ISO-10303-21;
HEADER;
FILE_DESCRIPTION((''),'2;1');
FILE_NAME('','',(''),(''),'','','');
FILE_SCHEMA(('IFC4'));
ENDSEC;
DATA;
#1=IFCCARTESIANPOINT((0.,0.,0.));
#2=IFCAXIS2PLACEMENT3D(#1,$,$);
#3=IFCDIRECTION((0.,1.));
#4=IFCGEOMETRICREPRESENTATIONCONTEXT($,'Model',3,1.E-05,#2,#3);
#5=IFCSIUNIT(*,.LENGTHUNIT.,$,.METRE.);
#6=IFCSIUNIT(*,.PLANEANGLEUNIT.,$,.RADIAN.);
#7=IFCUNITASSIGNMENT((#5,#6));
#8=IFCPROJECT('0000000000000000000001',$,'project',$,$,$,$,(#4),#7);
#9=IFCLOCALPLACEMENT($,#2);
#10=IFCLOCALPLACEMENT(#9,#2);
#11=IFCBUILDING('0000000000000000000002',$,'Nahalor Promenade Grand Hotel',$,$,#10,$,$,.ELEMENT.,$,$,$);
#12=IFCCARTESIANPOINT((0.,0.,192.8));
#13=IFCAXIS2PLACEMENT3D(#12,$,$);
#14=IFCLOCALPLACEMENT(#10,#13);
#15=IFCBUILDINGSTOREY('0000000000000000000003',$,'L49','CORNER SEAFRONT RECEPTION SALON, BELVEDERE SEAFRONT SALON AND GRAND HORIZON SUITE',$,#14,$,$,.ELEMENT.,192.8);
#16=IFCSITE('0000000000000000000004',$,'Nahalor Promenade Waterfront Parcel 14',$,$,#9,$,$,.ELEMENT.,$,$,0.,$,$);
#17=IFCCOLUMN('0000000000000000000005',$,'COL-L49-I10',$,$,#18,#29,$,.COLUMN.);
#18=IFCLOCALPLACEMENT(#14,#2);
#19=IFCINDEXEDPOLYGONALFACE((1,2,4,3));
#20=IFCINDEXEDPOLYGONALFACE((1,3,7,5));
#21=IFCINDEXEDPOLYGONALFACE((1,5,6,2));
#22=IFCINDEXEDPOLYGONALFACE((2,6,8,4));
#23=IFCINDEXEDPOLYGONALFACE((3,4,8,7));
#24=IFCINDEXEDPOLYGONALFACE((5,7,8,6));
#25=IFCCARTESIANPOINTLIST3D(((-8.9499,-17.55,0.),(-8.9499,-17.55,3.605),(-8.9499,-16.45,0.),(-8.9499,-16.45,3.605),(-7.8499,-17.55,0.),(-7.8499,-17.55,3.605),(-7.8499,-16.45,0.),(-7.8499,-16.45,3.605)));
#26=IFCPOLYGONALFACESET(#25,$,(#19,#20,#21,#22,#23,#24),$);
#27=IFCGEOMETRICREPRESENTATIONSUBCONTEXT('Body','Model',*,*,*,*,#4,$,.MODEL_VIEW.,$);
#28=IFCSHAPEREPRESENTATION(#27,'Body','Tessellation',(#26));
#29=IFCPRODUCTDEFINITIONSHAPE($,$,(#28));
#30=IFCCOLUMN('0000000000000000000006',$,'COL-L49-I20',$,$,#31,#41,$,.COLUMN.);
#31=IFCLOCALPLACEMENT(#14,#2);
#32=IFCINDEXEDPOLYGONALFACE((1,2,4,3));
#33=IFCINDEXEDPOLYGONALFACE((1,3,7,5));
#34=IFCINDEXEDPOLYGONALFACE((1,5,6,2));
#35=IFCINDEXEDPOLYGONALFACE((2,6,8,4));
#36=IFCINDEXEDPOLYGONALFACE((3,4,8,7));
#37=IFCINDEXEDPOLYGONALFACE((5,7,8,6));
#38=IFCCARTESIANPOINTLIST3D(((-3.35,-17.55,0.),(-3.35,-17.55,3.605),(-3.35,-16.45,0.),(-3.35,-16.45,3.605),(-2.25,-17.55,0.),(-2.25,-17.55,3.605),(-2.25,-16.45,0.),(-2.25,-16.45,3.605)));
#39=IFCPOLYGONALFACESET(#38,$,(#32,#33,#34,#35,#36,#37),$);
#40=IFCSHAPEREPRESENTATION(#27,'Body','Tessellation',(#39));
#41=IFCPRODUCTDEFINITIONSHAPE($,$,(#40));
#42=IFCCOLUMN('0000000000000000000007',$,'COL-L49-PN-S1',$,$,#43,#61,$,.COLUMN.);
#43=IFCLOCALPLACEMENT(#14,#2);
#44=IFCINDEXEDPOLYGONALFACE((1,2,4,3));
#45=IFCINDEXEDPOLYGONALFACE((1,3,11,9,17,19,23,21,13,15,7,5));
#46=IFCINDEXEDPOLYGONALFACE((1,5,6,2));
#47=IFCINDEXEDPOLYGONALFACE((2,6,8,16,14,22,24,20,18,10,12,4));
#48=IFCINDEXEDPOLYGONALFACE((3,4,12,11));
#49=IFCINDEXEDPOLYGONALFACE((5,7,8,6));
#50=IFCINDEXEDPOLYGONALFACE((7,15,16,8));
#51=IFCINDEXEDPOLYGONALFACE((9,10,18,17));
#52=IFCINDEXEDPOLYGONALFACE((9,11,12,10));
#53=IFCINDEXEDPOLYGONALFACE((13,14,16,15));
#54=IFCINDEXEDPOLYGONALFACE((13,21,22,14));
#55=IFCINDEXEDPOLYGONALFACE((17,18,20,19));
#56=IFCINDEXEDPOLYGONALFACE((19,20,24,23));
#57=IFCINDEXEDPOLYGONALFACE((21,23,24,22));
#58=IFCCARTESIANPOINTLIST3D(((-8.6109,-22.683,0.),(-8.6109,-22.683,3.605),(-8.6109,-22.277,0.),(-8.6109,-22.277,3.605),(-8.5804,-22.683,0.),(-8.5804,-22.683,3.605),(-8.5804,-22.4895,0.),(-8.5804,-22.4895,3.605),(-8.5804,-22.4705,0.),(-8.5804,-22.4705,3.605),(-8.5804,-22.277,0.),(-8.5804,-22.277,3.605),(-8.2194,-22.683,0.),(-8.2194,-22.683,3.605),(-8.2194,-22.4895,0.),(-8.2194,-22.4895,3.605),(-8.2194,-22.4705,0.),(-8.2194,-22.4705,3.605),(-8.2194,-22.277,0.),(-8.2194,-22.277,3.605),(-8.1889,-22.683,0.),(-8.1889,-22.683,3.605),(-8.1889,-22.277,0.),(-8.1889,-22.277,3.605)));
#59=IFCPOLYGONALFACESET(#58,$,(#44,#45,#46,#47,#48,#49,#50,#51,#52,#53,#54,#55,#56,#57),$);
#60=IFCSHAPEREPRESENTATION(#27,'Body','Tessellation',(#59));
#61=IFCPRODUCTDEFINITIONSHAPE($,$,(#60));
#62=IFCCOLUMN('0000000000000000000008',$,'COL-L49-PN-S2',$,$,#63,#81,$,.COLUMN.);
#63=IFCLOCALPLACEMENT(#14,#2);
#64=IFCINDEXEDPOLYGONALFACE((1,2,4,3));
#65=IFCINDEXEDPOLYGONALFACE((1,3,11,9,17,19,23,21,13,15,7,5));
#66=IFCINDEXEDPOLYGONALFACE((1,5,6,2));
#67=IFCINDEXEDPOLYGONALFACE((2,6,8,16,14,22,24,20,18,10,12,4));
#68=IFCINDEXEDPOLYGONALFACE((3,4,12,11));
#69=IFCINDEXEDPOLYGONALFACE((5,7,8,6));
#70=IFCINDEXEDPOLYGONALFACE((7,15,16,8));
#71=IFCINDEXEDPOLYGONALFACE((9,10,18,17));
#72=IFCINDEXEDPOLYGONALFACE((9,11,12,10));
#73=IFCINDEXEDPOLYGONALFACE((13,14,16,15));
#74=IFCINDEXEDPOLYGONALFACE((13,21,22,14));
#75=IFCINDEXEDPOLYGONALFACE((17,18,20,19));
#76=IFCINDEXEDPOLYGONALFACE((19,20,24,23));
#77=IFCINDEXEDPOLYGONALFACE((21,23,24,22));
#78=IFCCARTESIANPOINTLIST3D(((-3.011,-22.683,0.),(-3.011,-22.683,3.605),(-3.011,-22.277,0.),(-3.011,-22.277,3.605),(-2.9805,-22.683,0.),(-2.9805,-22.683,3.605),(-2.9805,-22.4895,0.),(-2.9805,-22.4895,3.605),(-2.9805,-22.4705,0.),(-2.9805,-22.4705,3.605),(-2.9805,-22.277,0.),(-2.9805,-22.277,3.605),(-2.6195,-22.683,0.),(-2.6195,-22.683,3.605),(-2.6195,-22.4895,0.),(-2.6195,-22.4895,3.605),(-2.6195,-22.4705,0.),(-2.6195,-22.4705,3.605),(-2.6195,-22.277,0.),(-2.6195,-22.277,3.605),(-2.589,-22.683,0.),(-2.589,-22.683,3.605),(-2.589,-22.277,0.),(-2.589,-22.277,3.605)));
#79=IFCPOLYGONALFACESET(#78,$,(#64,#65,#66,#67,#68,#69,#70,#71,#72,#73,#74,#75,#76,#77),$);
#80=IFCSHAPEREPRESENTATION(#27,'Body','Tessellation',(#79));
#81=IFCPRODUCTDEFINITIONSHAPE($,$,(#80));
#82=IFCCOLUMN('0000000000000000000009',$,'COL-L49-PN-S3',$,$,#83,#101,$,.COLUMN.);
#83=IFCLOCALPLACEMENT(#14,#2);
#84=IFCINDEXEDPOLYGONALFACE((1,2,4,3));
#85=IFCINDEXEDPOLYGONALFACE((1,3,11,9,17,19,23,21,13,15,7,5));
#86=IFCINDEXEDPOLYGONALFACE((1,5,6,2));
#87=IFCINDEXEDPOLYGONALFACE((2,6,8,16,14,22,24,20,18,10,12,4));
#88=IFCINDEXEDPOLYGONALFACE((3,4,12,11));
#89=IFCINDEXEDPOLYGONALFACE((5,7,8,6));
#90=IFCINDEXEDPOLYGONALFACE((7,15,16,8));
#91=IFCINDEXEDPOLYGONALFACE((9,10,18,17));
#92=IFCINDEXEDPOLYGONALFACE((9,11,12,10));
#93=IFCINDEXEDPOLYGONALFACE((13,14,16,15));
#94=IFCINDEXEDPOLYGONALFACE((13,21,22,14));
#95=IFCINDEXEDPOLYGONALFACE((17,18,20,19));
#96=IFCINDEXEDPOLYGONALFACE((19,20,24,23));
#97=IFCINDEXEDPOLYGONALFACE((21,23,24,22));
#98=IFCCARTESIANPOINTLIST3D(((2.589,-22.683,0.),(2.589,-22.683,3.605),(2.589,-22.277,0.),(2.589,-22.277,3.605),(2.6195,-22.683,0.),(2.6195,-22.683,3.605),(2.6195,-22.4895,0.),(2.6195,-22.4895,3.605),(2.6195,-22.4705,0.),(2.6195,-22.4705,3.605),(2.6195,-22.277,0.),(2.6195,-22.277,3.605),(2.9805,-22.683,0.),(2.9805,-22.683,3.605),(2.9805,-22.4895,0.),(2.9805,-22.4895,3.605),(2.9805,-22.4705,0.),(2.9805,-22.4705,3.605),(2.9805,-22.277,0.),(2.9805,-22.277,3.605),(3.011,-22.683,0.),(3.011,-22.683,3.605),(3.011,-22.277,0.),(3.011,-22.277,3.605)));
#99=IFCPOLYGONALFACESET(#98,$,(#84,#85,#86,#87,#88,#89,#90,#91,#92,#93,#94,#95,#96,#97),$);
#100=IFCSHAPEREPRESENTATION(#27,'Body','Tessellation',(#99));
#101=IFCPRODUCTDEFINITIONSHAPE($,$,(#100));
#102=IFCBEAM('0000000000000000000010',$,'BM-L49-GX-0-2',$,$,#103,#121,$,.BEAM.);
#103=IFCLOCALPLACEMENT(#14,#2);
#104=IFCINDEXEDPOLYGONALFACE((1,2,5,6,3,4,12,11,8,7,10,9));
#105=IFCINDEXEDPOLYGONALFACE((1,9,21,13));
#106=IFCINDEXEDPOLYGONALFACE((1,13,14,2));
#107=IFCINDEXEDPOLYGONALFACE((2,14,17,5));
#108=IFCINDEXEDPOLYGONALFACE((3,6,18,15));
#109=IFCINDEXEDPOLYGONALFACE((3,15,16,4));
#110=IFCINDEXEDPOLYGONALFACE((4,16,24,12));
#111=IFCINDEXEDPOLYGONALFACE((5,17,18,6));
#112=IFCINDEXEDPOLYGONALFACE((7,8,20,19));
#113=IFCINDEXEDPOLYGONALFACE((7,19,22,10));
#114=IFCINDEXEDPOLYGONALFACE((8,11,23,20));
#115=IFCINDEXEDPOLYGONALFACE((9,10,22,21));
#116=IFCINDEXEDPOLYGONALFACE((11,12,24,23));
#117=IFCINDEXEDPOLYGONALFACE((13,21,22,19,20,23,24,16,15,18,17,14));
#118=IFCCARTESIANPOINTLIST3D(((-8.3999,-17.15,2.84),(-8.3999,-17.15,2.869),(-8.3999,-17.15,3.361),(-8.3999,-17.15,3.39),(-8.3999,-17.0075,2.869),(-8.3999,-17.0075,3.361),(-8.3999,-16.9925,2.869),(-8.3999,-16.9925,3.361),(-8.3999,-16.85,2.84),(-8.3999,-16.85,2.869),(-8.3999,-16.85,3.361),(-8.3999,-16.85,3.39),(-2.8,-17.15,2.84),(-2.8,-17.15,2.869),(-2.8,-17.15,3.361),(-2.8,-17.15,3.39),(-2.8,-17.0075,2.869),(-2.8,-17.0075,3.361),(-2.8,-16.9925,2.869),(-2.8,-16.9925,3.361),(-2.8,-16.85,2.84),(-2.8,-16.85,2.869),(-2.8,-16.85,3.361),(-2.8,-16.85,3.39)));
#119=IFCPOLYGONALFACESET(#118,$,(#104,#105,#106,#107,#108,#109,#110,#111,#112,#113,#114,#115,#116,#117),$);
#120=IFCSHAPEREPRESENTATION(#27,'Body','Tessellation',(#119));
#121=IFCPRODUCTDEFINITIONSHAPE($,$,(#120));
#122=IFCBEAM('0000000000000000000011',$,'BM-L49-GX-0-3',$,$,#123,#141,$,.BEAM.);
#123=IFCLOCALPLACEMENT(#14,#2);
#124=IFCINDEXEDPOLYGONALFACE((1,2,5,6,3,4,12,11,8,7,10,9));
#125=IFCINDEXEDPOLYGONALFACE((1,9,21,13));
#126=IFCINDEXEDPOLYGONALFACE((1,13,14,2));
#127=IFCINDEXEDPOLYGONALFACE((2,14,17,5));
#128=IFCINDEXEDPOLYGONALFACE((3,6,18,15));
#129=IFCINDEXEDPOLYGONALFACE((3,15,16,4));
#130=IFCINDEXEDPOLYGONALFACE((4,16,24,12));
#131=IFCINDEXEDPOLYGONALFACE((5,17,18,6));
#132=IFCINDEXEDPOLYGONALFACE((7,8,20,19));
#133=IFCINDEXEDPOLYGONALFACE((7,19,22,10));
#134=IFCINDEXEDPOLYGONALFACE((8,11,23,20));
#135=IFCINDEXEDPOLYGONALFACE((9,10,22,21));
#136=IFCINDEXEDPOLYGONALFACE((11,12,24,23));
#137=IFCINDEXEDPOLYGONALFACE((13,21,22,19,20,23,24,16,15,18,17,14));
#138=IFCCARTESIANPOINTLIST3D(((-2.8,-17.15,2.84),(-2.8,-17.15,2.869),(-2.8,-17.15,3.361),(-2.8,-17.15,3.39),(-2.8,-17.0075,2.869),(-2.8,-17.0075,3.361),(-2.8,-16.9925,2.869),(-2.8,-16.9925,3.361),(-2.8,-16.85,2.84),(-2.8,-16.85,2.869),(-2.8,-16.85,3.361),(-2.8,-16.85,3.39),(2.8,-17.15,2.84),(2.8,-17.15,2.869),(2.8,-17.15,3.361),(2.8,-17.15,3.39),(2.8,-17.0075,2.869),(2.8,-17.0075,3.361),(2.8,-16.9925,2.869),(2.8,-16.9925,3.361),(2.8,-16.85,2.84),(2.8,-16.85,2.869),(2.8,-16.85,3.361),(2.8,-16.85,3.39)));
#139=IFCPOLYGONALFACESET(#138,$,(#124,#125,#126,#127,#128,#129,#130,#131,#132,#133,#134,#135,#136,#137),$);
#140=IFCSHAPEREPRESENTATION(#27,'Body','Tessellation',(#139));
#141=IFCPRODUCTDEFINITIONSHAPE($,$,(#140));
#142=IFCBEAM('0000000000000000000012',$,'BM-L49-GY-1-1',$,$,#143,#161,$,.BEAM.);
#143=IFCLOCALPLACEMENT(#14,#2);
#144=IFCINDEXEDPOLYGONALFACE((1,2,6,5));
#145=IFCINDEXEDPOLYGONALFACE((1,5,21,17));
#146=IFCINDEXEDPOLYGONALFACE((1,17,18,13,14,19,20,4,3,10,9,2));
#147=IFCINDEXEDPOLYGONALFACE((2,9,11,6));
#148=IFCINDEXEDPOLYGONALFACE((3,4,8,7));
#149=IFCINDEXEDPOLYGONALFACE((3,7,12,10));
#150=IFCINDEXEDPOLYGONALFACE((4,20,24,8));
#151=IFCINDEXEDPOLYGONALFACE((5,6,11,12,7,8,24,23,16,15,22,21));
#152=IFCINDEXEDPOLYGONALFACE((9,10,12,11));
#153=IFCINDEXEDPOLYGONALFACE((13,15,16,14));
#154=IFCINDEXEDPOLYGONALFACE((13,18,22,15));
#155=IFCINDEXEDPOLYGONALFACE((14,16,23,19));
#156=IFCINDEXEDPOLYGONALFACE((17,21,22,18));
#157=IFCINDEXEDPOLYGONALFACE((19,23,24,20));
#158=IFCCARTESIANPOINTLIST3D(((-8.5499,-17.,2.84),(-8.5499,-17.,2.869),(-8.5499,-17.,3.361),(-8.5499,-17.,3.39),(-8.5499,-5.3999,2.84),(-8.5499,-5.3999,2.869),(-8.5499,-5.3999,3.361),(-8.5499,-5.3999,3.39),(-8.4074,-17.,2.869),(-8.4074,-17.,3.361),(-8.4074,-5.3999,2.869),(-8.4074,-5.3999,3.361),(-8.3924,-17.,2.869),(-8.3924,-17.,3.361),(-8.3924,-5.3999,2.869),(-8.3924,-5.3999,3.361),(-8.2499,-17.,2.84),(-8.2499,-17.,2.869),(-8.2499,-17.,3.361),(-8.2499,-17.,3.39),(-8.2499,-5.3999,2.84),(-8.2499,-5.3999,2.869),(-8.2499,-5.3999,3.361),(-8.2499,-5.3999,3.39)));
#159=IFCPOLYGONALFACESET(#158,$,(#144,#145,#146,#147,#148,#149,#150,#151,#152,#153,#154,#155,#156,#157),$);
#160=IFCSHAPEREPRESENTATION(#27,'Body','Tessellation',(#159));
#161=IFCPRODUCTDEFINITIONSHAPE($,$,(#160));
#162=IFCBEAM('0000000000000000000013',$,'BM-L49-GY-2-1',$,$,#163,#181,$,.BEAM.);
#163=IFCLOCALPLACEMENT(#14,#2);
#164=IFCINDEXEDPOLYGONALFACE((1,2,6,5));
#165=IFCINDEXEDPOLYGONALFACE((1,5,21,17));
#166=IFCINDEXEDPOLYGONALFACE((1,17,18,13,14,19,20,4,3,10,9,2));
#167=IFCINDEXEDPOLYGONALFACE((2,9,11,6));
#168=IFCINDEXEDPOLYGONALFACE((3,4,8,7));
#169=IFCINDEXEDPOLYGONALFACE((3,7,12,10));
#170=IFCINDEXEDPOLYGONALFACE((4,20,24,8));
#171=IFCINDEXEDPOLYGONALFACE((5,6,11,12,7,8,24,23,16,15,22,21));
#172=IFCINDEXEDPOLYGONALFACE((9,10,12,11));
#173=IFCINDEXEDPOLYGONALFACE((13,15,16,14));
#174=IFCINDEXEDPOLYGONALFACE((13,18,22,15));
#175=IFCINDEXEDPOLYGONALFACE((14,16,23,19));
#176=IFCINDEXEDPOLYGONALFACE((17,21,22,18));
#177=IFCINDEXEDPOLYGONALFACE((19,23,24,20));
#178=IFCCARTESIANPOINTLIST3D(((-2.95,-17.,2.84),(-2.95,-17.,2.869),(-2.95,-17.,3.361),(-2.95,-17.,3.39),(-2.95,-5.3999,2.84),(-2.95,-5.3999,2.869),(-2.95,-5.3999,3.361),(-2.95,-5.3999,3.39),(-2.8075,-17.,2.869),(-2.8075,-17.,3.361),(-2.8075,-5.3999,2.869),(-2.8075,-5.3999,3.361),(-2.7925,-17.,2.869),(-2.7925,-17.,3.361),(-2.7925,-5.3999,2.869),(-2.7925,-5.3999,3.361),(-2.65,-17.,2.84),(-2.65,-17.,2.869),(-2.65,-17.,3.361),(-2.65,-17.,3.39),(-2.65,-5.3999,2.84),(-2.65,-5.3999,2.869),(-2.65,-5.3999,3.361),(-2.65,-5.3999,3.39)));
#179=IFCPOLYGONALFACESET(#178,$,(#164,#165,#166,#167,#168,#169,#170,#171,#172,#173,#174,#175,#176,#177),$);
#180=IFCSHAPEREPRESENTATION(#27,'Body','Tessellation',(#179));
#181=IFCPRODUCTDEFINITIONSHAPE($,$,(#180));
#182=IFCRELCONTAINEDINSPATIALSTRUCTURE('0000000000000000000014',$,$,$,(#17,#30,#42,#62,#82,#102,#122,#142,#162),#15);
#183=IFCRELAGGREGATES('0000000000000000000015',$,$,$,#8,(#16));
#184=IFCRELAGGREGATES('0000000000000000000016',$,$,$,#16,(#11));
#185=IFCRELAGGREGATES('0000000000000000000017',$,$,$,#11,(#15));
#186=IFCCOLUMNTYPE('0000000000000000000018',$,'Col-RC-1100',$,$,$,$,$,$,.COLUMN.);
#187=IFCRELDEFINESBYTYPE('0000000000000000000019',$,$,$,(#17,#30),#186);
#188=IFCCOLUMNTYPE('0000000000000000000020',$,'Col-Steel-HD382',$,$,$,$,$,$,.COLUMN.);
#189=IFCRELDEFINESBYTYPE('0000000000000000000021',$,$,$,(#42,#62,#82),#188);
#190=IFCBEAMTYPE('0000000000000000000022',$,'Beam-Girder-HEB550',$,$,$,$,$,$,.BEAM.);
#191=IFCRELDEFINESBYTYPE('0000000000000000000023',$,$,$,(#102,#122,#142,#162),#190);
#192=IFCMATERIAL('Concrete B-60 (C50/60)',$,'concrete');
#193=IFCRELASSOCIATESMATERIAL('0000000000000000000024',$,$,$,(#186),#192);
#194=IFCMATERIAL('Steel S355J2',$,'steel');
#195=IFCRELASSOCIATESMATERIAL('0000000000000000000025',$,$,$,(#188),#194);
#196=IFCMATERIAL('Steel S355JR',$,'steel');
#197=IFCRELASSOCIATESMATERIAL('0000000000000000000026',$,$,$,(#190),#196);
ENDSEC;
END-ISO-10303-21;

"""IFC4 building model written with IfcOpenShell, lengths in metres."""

from ifc_helpers import new_model, si_unit, direction, frame, origin, origin_2d, place, context, subcontext, project, spatial, rectangle, i_section, extrude, source, transform, mapped, material, material_profile, profile_set, type_object, element, save


model = new_model("IFC4")

# Units and contexts
model_context = context("Model", 3, precision=1e-05, world=origin(), true_north=direction((0.0, 1.0)))
body_context = subcontext(model_context, "Body", "Model", "MODEL_VIEW")
ifc_project = project(units=[si_unit("LENGTHUNIT", "METRE"), si_unit("PLANEANGLEUNIT", "RADIAN")], contexts=[model_context])

# Site, building, storey
site_placement = place(None, origin())
site = spatial("IfcSite", under=ifc_project, at=site_placement, Name="Nahalor Promenade Waterfront Parcel 14", CompositionType="ELEMENT", RefElevation=0.0)
building_placement = place(site_placement, origin())
building = spatial("IfcBuilding", under=site, at=building_placement, Name="Nahalor Promenade Grand Hotel", CompositionType="ELEMENT")
storey_placement = place(building_placement, frame((0.0, 0.0, 192.8)))
storey = spatial("IfcBuildingStorey", under=building, at=storey_placement, Name="L49", Description="CORNER SEAFRONT RECEPTION SALON, BELVEDERE SEAFRONT SALON AND GRAND HORIZON SUITE", CompositionType="ELEMENT", Elevation=192.8)

# Columns
ifc_material_1 = material(Name="Concrete B-60 (C50/60)", Category="concrete")
ifc_material_profile_1 = material_profile(ifc_material_1, rectangle(XDim=1.1, YDim=1.1, at=origin_2d()), Name="RC 1100x1100")
ifc_profile_set_1 = profile_set([ifc_material_profile_1], Name="Concrete B-60 (C50/60)")
column_type_1 = type_object("IfcColumnType", Name="Col-RC-1100", PredefinedType="COLUMN", material=ifc_profile_set_1)
shared_shape_1 = source(origin(), body_context, "Body", "SweptSolid", [
    extrude(rectangle(XDim=1.1, YDim=1.1, at=origin_2d()), origin(), (0.0, 0.0, 1.0), 3.605),
])
for number, where, z_axis, x_axis, name in (
    (1, (-8.3999, -17.0, 0.0), (0.0, 0.0, 1.0), (1.0, 0.0, 0.0), "COL-L49-I10"),
    (2, (-2.8, -17.0, 0.0), (0.0, 0.0, 1.0), (1.0, 0.0, 0.0), "COL-L49-I20"),
):
    element("IfcColumn", number, at=place(storey_placement, frame(where, z_axis=z_axis, x_axis=x_axis)), inside=storey, type_object=column_type_1, Name=name, PredefinedType="COLUMN", context=body_context, shape_type="MappedRepresentation", body=[
        mapped(shared_shape_1, transform((0.0, 0.0, 0.0), scale=1.0)),
    ])
ifc_material_2 = material(Name="Steel S355J2", Category="steel")
ifc_material_profile_2 = material_profile(ifc_material_2, i_section(OverallWidth=0.406, OverallDepth=0.422, WebThickness=0.019, FlangeThickness=0.0305, at=origin_2d()), Name="HD 400x382")
ifc_profile_set_2 = profile_set([ifc_material_profile_2], Name="Steel S355J2")
column_type_2 = type_object("IfcColumnType", Name="Col-Steel-HD382", PredefinedType="COLUMN", material=ifc_profile_set_2)
shared_shape_2 = source(origin(), body_context, "Body", "SweptSolid", [
    extrude(i_section(OverallWidth=0.406, OverallDepth=0.422, WebThickness=0.019, FlangeThickness=0.0305, at=origin_2d()), origin(), (0.0, 0.0, 1.0), 3.605),
])
for number, where, z_axis, x_axis, name in (
    (3, (-8.3999, -22.48, 0.0), (0.0, 0.0, 1.0), (0.0, 1.0, 0.0), "COL-L49-PN-S1"),
    (4, (-2.8, -22.48, 0.0), (0.0, 0.0, 1.0), (0.0, 1.0, 0.0), "COL-L49-PN-S2"),
    (5, (2.8, -22.48, 0.0), (0.0, 0.0, 1.0), (0.0, 1.0, 0.0), "COL-L49-PN-S3"),
):
    element("IfcColumn", number, at=place(storey_placement, frame(where, z_axis=z_axis, x_axis=x_axis)), inside=storey, type_object=column_type_2, Name=name, PredefinedType="COLUMN", context=body_context, shape_type="MappedRepresentation", body=[
        mapped(shared_shape_2, transform((0.0, 0.0, 0.0), scale=1.0)),
    ])

# Beams
ifc_material_3 = material(Name="Steel S355JR", Category="steel")
ifc_material_profile_3 = material_profile(ifc_material_3, i_section(OverallWidth=0.3, OverallDepth=0.55, WebThickness=0.015, FlangeThickness=0.029, at=origin_2d()), Name="HEB 550")
ifc_profile_set_3 = profile_set([ifc_material_profile_3], Name="Steel S355JR")
beam_type_1 = type_object("IfcBeamType", Name="Beam-Girder-HEB550", PredefinedType="BEAM", material=ifc_profile_set_3)
shared_shape_3 = source(origin(), body_context, "Body", "SweptSolid", [
    extrude(i_section(OverallWidth=0.3, OverallDepth=0.55, WebThickness=0.015, FlangeThickness=0.029, at=origin_2d()), origin(), (0.0, 0.0, 1.0), 5.5999),
])
beam_1_placement = place(storey_placement, frame((-8.3999, -17.0, 3.115), z_axis=(1.0, 0.0, 0.0), x_axis=(0.0, 1.0, 0.0)))
element("IfcBeam", 6, at=beam_1_placement, inside=storey, type_object=beam_type_1, Name="BM-L49-GX-0-2", PredefinedType="BEAM", context=body_context, shape_type="MappedRepresentation", body=[
    mapped(shared_shape_3, transform((0.0, 0.0, 0.0), scale=1.0)),
])
shared_shape_4 = source(origin(), body_context, "Body", "SweptSolid", [
    extrude(i_section(OverallWidth=0.3, OverallDepth=0.55, WebThickness=0.015, FlangeThickness=0.029, at=origin_2d()), origin(), (0.0, 0.0, 1.0), 5.6001),
])
beam_2_placement = place(storey_placement, frame((-2.8, -17.0, 3.115), z_axis=(1.0, 0.0, 0.0), x_axis=(0.0, 1.0, 0.0)))
element("IfcBeam", 7, at=beam_2_placement, inside=storey, type_object=beam_type_1, Name="BM-L49-GX-0-3", PredefinedType="BEAM", context=body_context, shape_type="MappedRepresentation", body=[
    mapped(shared_shape_4, transform((0.0, 0.0, 0.0), scale=1.0)),
])
shared_shape_5 = source(origin(), body_context, "Body", "SweptSolid", [
    extrude(i_section(OverallWidth=0.3, OverallDepth=0.55, WebThickness=0.015, FlangeThickness=0.029, at=origin_2d()), origin(), (0.0, 0.0, 1.0), 11.6001),
])
for number, where, z_axis, x_axis, name in (
    (8, (-8.3999, -17.0, 3.115), (0.0, 1.0, 0.0), (-1.0, 0.0, 0.0), "BM-L49-GY-1-1"),
    (9, (-2.8, -17.0, 3.115), (0.0, 1.0, 0.0), (-1.0, 0.0, 0.0), "BM-L49-GY-2-1"),
):
    element("IfcBeam", number, at=place(storey_placement, frame(where, z_axis=z_axis, x_axis=x_axis)), inside=storey, type_object=beam_type_1, Name=name, PredefinedType="BEAM", context=body_context, shape_type="MappedRepresentation", body=[
        mapped(shared_shape_5, transform((0.0, 0.0, 0.0), scale=1.0)),
    ])

save(model, "model.ifc")
